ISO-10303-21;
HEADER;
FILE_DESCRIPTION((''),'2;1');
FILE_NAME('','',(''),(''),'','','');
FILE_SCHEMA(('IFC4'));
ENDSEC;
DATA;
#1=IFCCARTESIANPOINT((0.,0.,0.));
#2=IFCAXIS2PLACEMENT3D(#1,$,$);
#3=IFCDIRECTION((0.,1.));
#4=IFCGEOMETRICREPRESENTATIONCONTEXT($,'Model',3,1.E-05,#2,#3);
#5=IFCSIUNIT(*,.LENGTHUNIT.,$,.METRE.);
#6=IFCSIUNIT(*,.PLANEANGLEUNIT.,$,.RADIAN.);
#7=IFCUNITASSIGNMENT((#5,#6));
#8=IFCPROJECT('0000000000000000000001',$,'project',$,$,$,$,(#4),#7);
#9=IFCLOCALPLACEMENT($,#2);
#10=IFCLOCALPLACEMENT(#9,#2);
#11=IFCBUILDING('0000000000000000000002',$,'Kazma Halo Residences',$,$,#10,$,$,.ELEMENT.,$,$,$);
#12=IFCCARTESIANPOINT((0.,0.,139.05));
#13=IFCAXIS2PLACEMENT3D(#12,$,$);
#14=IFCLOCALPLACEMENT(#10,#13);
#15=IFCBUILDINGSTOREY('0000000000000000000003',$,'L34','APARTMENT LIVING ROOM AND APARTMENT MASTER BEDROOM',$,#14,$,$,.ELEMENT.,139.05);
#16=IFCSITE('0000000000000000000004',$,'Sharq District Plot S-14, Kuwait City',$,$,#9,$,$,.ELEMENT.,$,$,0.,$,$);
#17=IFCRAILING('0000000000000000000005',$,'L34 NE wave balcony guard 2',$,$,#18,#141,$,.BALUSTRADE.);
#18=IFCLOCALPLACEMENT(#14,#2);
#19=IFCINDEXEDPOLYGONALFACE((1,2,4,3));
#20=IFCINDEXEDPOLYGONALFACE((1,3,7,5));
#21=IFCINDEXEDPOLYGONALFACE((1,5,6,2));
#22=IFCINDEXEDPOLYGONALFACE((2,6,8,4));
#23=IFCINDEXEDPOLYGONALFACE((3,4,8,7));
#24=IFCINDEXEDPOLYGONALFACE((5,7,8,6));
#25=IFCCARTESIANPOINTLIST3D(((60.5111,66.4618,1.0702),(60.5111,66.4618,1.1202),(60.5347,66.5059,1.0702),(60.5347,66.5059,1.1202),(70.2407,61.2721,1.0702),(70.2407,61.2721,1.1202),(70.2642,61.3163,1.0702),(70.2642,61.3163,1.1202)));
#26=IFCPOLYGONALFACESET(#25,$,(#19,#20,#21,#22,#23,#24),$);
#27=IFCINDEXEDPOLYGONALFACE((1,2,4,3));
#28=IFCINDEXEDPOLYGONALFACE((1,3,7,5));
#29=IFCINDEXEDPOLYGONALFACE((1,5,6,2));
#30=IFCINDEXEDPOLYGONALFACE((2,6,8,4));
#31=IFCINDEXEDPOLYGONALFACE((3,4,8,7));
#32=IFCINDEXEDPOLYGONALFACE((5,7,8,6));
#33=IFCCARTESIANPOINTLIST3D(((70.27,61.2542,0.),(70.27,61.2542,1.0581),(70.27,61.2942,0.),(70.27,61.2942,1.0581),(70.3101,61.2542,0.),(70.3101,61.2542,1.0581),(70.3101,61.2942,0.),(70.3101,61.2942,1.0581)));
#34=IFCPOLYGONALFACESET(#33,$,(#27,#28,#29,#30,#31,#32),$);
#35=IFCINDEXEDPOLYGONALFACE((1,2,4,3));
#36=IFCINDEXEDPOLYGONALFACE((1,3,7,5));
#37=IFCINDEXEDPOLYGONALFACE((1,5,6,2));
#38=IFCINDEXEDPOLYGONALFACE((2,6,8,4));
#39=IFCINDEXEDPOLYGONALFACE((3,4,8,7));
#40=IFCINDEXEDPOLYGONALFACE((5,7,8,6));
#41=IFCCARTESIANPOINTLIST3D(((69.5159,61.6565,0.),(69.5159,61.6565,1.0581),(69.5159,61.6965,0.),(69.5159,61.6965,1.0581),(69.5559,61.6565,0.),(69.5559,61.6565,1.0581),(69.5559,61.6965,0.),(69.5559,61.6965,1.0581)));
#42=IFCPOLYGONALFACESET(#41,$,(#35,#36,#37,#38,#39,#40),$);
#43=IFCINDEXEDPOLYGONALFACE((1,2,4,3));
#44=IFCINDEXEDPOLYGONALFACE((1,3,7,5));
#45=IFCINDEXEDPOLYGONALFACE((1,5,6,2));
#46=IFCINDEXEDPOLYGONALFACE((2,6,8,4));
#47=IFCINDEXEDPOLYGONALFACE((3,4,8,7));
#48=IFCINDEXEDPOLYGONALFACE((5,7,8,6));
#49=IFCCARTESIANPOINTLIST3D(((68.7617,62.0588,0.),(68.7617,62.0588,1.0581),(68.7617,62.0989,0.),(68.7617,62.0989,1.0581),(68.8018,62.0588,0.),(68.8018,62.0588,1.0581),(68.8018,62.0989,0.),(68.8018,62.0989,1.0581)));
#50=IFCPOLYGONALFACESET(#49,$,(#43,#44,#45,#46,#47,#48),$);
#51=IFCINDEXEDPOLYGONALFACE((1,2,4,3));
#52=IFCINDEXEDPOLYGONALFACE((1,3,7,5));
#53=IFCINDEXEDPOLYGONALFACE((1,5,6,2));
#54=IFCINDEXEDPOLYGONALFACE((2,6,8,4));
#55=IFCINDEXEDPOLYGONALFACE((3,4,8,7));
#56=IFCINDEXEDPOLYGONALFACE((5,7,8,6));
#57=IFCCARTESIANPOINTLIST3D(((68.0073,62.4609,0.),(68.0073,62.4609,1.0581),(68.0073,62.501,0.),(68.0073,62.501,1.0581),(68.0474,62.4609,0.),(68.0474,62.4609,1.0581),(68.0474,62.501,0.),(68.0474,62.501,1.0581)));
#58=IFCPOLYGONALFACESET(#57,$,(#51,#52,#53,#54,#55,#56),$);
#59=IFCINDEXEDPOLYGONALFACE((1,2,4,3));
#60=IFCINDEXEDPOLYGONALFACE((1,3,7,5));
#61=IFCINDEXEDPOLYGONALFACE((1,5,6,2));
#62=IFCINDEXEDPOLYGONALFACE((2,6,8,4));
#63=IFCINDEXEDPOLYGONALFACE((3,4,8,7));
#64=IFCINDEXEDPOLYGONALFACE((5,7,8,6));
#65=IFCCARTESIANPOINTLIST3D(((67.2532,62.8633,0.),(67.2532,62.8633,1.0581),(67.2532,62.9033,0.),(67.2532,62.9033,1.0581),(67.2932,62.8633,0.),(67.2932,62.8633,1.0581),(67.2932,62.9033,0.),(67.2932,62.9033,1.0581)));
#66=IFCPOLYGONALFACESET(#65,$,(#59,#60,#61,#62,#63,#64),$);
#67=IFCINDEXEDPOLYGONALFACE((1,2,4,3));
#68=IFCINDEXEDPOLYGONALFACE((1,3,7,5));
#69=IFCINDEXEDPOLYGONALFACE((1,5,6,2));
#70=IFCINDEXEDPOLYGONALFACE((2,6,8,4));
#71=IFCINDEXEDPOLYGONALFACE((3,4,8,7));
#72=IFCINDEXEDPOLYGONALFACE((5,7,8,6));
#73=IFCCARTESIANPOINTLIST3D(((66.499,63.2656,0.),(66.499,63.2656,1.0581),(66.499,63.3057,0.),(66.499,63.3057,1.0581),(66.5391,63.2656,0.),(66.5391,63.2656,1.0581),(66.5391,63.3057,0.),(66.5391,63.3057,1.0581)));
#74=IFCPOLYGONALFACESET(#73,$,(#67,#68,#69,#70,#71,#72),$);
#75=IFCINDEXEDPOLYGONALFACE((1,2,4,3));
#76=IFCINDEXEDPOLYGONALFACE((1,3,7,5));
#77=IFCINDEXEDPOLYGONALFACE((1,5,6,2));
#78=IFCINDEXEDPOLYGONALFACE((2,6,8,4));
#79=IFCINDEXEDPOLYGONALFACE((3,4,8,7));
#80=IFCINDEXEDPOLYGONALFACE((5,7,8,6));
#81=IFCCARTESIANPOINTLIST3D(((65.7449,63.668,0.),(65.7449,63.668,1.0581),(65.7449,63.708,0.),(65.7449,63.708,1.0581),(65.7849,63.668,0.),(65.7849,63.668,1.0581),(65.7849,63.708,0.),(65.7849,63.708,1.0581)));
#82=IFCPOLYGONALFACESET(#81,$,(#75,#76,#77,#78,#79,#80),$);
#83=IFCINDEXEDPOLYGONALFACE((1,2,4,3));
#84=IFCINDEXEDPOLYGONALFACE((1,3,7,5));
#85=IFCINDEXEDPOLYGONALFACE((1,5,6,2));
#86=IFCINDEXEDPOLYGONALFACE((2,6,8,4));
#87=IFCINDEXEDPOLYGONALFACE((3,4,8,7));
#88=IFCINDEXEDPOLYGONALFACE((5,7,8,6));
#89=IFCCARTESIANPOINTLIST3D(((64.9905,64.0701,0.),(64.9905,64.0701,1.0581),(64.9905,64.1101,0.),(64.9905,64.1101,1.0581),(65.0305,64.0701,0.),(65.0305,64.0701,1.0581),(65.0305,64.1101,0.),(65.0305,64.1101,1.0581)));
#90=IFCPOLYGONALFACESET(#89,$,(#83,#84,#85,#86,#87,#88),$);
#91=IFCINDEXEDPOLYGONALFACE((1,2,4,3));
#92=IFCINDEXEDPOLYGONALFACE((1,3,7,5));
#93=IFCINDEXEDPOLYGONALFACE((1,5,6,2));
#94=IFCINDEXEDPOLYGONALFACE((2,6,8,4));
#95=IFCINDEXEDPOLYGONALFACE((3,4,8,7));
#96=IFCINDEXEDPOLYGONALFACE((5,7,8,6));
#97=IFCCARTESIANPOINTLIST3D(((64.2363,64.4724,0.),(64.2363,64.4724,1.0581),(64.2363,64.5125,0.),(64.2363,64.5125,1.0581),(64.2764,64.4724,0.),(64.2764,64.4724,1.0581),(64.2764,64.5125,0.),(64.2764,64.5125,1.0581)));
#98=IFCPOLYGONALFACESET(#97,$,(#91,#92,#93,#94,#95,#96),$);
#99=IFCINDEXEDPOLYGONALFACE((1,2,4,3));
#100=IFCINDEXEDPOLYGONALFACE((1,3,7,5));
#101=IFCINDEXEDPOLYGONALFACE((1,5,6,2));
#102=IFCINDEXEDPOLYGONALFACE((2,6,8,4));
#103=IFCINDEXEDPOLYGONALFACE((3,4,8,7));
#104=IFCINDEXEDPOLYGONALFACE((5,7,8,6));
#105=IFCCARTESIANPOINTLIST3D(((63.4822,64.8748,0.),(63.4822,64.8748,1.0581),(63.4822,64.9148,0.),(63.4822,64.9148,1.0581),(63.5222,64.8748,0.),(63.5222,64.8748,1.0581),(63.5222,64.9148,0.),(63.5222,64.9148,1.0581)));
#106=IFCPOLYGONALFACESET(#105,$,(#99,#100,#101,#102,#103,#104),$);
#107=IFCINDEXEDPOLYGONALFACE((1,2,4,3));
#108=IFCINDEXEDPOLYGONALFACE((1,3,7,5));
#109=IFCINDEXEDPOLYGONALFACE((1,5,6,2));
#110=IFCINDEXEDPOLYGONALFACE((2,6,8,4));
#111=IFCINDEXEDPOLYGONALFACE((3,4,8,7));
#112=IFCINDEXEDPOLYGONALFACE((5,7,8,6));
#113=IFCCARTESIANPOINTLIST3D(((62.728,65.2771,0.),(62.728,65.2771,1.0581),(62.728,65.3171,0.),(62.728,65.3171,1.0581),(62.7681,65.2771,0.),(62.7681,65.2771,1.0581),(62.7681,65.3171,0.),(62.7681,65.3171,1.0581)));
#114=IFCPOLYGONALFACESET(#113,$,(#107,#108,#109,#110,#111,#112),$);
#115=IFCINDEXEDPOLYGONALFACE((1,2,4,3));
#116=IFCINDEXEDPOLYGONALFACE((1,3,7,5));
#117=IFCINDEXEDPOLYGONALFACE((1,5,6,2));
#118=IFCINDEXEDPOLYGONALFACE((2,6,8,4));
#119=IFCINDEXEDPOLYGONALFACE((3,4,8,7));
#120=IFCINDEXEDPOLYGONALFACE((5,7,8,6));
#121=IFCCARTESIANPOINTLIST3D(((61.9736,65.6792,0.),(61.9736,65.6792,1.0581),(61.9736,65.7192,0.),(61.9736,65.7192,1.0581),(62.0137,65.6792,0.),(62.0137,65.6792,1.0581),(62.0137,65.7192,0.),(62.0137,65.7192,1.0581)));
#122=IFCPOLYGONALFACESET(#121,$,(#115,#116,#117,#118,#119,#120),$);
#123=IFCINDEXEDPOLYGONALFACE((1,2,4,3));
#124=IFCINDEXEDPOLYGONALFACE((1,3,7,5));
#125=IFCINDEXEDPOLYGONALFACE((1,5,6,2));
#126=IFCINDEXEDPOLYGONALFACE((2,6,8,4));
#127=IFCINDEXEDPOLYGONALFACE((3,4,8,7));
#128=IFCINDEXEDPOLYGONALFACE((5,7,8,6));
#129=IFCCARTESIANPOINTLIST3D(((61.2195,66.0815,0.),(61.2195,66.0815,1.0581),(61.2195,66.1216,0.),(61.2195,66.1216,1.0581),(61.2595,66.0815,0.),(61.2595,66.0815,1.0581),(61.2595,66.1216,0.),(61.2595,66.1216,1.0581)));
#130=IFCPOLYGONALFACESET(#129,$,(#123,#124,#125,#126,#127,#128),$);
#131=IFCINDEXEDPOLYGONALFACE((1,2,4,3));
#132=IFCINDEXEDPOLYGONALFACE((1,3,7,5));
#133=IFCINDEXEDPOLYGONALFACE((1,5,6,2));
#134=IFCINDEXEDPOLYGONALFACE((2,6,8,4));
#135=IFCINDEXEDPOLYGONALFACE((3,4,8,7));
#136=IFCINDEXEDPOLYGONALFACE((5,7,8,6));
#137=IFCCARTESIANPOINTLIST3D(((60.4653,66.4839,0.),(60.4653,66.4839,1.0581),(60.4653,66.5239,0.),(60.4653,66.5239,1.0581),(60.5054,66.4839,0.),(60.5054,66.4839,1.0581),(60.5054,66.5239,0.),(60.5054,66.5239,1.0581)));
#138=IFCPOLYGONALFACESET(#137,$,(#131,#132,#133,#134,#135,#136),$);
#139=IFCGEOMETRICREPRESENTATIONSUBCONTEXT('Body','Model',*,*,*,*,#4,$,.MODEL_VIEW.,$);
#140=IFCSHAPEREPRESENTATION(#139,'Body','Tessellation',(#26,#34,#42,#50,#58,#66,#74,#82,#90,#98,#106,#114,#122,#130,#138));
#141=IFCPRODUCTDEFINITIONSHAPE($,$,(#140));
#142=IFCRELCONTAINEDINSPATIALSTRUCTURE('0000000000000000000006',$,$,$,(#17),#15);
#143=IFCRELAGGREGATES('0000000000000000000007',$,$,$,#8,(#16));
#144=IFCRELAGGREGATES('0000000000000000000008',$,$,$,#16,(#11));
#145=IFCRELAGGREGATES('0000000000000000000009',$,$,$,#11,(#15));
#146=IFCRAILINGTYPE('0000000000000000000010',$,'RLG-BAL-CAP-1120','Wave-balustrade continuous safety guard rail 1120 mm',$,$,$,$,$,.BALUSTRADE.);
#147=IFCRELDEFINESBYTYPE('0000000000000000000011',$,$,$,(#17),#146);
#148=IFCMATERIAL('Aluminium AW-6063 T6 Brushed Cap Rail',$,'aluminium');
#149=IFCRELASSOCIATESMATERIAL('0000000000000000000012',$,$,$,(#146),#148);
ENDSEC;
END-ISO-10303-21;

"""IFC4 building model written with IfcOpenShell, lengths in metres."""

from ifc_helpers import new_model, si_unit, direction, frame, origin, origin_2d, place, context, subcontext, project, spatial, rectangle, extrude, material, type_object, element, save


model = new_model("IFC4")

# Units and contexts
model_context = context("Model", 3, precision=1e-05, world=origin(), true_north=direction((0.0, 1.0)))
body_context = subcontext(model_context, "Body", "Model", "MODEL_VIEW")
ifc_project = project(units=[si_unit("LENGTHUNIT", "METRE"), si_unit("PLANEANGLEUNIT", "RADIAN")], contexts=[model_context])

# Site, building, storey
site_placement = place(None, origin())
site = spatial("IfcSite", under=ifc_project, at=site_placement, Name="Sharq District Plot S-14, Kuwait City", CompositionType="ELEMENT", RefElevation=0.0)
building_placement = place(site_placement, origin())
building = spatial("IfcBuilding", under=site, at=building_placement, Name="Kazma Halo Residences", CompositionType="ELEMENT")
storey_placement = place(building_placement, frame((0.0, 0.0, 139.05)))
storey = spatial("IfcBuildingStorey", under=building, at=storey_placement, Name="L34", Description="APARTMENT LIVING ROOM AND APARTMENT MASTER BEDROOM", CompositionType="ELEMENT", Elevation=139.05)

# Railing
ifc_material_1 = material(Name="Aluminium AW-6063 T6 Brushed Cap Rail", Category="aluminium")
railing_type = type_object("IfcRailingType", Name="RLG-BAL-CAP-1120", Description="Wave-balustrade continuous safety guard rail 1120 mm", PredefinedType="BALUSTRADE", material=ifc_material_1)
railing_1_placement = place(storey_placement, frame((70.29, 61.2742, 0.0)))
element("IfcRailing", 1, at=railing_1_placement, inside=storey, type_object=railing_type, Name="L34 NE wave balcony guard 2", PredefinedType="BALUSTRADE", context=body_context, shape_type="SweptSolid", body=[
    extrude(rectangle(XDim=0.05, YDim=0.05, at=origin_2d()), frame((-0.0376, 0.02, 1.0952), z_axis=(-0.882332, 0.470628, 0.0), x_axis=(-0.470628, -0.882332, 0.0)), (0.0, 0.0, 1.0), 11.0271),
    extrude(rectangle(XDim=0.04, YDim=0.04, at=origin_2d()), origin(), (0.0, 0.0, 1.0), 1.0581),
    extrude(rectangle(XDim=0.04, YDim=0.04, at=origin_2d()), frame((-0.7542, 0.4023, 0.0)), (0.0, 0.0, 1.0), 1.0581),
    extrude(rectangle(XDim=0.04, YDim=0.04, at=origin_2d()), frame((-1.5083, 0.8047, 0.0)), (0.0, 0.0, 1.0), 1.0581),
    extrude(rectangle(XDim=0.04, YDim=0.04, at=origin_2d()), frame((-2.2627, 1.2068, 0.0)), (0.0, 0.0, 1.0), 1.0581),
    extrude(rectangle(XDim=0.04, YDim=0.04, at=origin_2d()), frame((-3.0168, 1.6091, 0.0)), (0.0, 0.0, 1.0), 1.0581),
    extrude(rectangle(XDim=0.04, YDim=0.04, at=origin_2d()), frame((-3.771, 2.0115, 0.0)), (0.0, 0.0, 1.0), 1.0581),
    extrude(rectangle(XDim=0.04, YDim=0.04, at=origin_2d()), frame((-4.5251, 2.4138, 0.0)), (0.0, 0.0, 1.0), 1.0581),
    extrude(rectangle(XDim=0.04, YDim=0.04, at=origin_2d()), frame((-5.2795, 2.8159, 0.0)), (0.0, 0.0, 1.0), 1.0581),
    extrude(rectangle(XDim=0.04, YDim=0.04, at=origin_2d()), frame((-6.0337, 3.2183, 0.0)), (0.0, 0.0, 1.0), 1.0581),
    extrude(rectangle(XDim=0.04, YDim=0.04, at=origin_2d()), frame((-6.7878, 3.6206, 0.0)), (0.0, 0.0, 1.0), 1.0581),
    extrude(rectangle(XDim=0.04, YDim=0.04, at=origin_2d()), frame((-7.542, 4.0229, 0.0)), (0.0, 0.0, 1.0), 1.0581),
    extrude(rectangle(XDim=0.04, YDim=0.04, at=origin_2d()), frame((-8.2964, 4.425, 0.0)), (0.0, 0.0, 1.0), 1.0581),
    extrude(rectangle(XDim=0.04, YDim=0.04, at=origin_2d()), frame((-9.0505, 4.8274, 0.0)), (0.0, 0.0, 1.0), 1.0581),
    extrude(rectangle(XDim=0.04, YDim=0.04, at=origin_2d()), frame((-9.8047, 5.2297, 0.0)), (0.0, 0.0, 1.0), 1.0581),
])

save(model, "model.ifc")
